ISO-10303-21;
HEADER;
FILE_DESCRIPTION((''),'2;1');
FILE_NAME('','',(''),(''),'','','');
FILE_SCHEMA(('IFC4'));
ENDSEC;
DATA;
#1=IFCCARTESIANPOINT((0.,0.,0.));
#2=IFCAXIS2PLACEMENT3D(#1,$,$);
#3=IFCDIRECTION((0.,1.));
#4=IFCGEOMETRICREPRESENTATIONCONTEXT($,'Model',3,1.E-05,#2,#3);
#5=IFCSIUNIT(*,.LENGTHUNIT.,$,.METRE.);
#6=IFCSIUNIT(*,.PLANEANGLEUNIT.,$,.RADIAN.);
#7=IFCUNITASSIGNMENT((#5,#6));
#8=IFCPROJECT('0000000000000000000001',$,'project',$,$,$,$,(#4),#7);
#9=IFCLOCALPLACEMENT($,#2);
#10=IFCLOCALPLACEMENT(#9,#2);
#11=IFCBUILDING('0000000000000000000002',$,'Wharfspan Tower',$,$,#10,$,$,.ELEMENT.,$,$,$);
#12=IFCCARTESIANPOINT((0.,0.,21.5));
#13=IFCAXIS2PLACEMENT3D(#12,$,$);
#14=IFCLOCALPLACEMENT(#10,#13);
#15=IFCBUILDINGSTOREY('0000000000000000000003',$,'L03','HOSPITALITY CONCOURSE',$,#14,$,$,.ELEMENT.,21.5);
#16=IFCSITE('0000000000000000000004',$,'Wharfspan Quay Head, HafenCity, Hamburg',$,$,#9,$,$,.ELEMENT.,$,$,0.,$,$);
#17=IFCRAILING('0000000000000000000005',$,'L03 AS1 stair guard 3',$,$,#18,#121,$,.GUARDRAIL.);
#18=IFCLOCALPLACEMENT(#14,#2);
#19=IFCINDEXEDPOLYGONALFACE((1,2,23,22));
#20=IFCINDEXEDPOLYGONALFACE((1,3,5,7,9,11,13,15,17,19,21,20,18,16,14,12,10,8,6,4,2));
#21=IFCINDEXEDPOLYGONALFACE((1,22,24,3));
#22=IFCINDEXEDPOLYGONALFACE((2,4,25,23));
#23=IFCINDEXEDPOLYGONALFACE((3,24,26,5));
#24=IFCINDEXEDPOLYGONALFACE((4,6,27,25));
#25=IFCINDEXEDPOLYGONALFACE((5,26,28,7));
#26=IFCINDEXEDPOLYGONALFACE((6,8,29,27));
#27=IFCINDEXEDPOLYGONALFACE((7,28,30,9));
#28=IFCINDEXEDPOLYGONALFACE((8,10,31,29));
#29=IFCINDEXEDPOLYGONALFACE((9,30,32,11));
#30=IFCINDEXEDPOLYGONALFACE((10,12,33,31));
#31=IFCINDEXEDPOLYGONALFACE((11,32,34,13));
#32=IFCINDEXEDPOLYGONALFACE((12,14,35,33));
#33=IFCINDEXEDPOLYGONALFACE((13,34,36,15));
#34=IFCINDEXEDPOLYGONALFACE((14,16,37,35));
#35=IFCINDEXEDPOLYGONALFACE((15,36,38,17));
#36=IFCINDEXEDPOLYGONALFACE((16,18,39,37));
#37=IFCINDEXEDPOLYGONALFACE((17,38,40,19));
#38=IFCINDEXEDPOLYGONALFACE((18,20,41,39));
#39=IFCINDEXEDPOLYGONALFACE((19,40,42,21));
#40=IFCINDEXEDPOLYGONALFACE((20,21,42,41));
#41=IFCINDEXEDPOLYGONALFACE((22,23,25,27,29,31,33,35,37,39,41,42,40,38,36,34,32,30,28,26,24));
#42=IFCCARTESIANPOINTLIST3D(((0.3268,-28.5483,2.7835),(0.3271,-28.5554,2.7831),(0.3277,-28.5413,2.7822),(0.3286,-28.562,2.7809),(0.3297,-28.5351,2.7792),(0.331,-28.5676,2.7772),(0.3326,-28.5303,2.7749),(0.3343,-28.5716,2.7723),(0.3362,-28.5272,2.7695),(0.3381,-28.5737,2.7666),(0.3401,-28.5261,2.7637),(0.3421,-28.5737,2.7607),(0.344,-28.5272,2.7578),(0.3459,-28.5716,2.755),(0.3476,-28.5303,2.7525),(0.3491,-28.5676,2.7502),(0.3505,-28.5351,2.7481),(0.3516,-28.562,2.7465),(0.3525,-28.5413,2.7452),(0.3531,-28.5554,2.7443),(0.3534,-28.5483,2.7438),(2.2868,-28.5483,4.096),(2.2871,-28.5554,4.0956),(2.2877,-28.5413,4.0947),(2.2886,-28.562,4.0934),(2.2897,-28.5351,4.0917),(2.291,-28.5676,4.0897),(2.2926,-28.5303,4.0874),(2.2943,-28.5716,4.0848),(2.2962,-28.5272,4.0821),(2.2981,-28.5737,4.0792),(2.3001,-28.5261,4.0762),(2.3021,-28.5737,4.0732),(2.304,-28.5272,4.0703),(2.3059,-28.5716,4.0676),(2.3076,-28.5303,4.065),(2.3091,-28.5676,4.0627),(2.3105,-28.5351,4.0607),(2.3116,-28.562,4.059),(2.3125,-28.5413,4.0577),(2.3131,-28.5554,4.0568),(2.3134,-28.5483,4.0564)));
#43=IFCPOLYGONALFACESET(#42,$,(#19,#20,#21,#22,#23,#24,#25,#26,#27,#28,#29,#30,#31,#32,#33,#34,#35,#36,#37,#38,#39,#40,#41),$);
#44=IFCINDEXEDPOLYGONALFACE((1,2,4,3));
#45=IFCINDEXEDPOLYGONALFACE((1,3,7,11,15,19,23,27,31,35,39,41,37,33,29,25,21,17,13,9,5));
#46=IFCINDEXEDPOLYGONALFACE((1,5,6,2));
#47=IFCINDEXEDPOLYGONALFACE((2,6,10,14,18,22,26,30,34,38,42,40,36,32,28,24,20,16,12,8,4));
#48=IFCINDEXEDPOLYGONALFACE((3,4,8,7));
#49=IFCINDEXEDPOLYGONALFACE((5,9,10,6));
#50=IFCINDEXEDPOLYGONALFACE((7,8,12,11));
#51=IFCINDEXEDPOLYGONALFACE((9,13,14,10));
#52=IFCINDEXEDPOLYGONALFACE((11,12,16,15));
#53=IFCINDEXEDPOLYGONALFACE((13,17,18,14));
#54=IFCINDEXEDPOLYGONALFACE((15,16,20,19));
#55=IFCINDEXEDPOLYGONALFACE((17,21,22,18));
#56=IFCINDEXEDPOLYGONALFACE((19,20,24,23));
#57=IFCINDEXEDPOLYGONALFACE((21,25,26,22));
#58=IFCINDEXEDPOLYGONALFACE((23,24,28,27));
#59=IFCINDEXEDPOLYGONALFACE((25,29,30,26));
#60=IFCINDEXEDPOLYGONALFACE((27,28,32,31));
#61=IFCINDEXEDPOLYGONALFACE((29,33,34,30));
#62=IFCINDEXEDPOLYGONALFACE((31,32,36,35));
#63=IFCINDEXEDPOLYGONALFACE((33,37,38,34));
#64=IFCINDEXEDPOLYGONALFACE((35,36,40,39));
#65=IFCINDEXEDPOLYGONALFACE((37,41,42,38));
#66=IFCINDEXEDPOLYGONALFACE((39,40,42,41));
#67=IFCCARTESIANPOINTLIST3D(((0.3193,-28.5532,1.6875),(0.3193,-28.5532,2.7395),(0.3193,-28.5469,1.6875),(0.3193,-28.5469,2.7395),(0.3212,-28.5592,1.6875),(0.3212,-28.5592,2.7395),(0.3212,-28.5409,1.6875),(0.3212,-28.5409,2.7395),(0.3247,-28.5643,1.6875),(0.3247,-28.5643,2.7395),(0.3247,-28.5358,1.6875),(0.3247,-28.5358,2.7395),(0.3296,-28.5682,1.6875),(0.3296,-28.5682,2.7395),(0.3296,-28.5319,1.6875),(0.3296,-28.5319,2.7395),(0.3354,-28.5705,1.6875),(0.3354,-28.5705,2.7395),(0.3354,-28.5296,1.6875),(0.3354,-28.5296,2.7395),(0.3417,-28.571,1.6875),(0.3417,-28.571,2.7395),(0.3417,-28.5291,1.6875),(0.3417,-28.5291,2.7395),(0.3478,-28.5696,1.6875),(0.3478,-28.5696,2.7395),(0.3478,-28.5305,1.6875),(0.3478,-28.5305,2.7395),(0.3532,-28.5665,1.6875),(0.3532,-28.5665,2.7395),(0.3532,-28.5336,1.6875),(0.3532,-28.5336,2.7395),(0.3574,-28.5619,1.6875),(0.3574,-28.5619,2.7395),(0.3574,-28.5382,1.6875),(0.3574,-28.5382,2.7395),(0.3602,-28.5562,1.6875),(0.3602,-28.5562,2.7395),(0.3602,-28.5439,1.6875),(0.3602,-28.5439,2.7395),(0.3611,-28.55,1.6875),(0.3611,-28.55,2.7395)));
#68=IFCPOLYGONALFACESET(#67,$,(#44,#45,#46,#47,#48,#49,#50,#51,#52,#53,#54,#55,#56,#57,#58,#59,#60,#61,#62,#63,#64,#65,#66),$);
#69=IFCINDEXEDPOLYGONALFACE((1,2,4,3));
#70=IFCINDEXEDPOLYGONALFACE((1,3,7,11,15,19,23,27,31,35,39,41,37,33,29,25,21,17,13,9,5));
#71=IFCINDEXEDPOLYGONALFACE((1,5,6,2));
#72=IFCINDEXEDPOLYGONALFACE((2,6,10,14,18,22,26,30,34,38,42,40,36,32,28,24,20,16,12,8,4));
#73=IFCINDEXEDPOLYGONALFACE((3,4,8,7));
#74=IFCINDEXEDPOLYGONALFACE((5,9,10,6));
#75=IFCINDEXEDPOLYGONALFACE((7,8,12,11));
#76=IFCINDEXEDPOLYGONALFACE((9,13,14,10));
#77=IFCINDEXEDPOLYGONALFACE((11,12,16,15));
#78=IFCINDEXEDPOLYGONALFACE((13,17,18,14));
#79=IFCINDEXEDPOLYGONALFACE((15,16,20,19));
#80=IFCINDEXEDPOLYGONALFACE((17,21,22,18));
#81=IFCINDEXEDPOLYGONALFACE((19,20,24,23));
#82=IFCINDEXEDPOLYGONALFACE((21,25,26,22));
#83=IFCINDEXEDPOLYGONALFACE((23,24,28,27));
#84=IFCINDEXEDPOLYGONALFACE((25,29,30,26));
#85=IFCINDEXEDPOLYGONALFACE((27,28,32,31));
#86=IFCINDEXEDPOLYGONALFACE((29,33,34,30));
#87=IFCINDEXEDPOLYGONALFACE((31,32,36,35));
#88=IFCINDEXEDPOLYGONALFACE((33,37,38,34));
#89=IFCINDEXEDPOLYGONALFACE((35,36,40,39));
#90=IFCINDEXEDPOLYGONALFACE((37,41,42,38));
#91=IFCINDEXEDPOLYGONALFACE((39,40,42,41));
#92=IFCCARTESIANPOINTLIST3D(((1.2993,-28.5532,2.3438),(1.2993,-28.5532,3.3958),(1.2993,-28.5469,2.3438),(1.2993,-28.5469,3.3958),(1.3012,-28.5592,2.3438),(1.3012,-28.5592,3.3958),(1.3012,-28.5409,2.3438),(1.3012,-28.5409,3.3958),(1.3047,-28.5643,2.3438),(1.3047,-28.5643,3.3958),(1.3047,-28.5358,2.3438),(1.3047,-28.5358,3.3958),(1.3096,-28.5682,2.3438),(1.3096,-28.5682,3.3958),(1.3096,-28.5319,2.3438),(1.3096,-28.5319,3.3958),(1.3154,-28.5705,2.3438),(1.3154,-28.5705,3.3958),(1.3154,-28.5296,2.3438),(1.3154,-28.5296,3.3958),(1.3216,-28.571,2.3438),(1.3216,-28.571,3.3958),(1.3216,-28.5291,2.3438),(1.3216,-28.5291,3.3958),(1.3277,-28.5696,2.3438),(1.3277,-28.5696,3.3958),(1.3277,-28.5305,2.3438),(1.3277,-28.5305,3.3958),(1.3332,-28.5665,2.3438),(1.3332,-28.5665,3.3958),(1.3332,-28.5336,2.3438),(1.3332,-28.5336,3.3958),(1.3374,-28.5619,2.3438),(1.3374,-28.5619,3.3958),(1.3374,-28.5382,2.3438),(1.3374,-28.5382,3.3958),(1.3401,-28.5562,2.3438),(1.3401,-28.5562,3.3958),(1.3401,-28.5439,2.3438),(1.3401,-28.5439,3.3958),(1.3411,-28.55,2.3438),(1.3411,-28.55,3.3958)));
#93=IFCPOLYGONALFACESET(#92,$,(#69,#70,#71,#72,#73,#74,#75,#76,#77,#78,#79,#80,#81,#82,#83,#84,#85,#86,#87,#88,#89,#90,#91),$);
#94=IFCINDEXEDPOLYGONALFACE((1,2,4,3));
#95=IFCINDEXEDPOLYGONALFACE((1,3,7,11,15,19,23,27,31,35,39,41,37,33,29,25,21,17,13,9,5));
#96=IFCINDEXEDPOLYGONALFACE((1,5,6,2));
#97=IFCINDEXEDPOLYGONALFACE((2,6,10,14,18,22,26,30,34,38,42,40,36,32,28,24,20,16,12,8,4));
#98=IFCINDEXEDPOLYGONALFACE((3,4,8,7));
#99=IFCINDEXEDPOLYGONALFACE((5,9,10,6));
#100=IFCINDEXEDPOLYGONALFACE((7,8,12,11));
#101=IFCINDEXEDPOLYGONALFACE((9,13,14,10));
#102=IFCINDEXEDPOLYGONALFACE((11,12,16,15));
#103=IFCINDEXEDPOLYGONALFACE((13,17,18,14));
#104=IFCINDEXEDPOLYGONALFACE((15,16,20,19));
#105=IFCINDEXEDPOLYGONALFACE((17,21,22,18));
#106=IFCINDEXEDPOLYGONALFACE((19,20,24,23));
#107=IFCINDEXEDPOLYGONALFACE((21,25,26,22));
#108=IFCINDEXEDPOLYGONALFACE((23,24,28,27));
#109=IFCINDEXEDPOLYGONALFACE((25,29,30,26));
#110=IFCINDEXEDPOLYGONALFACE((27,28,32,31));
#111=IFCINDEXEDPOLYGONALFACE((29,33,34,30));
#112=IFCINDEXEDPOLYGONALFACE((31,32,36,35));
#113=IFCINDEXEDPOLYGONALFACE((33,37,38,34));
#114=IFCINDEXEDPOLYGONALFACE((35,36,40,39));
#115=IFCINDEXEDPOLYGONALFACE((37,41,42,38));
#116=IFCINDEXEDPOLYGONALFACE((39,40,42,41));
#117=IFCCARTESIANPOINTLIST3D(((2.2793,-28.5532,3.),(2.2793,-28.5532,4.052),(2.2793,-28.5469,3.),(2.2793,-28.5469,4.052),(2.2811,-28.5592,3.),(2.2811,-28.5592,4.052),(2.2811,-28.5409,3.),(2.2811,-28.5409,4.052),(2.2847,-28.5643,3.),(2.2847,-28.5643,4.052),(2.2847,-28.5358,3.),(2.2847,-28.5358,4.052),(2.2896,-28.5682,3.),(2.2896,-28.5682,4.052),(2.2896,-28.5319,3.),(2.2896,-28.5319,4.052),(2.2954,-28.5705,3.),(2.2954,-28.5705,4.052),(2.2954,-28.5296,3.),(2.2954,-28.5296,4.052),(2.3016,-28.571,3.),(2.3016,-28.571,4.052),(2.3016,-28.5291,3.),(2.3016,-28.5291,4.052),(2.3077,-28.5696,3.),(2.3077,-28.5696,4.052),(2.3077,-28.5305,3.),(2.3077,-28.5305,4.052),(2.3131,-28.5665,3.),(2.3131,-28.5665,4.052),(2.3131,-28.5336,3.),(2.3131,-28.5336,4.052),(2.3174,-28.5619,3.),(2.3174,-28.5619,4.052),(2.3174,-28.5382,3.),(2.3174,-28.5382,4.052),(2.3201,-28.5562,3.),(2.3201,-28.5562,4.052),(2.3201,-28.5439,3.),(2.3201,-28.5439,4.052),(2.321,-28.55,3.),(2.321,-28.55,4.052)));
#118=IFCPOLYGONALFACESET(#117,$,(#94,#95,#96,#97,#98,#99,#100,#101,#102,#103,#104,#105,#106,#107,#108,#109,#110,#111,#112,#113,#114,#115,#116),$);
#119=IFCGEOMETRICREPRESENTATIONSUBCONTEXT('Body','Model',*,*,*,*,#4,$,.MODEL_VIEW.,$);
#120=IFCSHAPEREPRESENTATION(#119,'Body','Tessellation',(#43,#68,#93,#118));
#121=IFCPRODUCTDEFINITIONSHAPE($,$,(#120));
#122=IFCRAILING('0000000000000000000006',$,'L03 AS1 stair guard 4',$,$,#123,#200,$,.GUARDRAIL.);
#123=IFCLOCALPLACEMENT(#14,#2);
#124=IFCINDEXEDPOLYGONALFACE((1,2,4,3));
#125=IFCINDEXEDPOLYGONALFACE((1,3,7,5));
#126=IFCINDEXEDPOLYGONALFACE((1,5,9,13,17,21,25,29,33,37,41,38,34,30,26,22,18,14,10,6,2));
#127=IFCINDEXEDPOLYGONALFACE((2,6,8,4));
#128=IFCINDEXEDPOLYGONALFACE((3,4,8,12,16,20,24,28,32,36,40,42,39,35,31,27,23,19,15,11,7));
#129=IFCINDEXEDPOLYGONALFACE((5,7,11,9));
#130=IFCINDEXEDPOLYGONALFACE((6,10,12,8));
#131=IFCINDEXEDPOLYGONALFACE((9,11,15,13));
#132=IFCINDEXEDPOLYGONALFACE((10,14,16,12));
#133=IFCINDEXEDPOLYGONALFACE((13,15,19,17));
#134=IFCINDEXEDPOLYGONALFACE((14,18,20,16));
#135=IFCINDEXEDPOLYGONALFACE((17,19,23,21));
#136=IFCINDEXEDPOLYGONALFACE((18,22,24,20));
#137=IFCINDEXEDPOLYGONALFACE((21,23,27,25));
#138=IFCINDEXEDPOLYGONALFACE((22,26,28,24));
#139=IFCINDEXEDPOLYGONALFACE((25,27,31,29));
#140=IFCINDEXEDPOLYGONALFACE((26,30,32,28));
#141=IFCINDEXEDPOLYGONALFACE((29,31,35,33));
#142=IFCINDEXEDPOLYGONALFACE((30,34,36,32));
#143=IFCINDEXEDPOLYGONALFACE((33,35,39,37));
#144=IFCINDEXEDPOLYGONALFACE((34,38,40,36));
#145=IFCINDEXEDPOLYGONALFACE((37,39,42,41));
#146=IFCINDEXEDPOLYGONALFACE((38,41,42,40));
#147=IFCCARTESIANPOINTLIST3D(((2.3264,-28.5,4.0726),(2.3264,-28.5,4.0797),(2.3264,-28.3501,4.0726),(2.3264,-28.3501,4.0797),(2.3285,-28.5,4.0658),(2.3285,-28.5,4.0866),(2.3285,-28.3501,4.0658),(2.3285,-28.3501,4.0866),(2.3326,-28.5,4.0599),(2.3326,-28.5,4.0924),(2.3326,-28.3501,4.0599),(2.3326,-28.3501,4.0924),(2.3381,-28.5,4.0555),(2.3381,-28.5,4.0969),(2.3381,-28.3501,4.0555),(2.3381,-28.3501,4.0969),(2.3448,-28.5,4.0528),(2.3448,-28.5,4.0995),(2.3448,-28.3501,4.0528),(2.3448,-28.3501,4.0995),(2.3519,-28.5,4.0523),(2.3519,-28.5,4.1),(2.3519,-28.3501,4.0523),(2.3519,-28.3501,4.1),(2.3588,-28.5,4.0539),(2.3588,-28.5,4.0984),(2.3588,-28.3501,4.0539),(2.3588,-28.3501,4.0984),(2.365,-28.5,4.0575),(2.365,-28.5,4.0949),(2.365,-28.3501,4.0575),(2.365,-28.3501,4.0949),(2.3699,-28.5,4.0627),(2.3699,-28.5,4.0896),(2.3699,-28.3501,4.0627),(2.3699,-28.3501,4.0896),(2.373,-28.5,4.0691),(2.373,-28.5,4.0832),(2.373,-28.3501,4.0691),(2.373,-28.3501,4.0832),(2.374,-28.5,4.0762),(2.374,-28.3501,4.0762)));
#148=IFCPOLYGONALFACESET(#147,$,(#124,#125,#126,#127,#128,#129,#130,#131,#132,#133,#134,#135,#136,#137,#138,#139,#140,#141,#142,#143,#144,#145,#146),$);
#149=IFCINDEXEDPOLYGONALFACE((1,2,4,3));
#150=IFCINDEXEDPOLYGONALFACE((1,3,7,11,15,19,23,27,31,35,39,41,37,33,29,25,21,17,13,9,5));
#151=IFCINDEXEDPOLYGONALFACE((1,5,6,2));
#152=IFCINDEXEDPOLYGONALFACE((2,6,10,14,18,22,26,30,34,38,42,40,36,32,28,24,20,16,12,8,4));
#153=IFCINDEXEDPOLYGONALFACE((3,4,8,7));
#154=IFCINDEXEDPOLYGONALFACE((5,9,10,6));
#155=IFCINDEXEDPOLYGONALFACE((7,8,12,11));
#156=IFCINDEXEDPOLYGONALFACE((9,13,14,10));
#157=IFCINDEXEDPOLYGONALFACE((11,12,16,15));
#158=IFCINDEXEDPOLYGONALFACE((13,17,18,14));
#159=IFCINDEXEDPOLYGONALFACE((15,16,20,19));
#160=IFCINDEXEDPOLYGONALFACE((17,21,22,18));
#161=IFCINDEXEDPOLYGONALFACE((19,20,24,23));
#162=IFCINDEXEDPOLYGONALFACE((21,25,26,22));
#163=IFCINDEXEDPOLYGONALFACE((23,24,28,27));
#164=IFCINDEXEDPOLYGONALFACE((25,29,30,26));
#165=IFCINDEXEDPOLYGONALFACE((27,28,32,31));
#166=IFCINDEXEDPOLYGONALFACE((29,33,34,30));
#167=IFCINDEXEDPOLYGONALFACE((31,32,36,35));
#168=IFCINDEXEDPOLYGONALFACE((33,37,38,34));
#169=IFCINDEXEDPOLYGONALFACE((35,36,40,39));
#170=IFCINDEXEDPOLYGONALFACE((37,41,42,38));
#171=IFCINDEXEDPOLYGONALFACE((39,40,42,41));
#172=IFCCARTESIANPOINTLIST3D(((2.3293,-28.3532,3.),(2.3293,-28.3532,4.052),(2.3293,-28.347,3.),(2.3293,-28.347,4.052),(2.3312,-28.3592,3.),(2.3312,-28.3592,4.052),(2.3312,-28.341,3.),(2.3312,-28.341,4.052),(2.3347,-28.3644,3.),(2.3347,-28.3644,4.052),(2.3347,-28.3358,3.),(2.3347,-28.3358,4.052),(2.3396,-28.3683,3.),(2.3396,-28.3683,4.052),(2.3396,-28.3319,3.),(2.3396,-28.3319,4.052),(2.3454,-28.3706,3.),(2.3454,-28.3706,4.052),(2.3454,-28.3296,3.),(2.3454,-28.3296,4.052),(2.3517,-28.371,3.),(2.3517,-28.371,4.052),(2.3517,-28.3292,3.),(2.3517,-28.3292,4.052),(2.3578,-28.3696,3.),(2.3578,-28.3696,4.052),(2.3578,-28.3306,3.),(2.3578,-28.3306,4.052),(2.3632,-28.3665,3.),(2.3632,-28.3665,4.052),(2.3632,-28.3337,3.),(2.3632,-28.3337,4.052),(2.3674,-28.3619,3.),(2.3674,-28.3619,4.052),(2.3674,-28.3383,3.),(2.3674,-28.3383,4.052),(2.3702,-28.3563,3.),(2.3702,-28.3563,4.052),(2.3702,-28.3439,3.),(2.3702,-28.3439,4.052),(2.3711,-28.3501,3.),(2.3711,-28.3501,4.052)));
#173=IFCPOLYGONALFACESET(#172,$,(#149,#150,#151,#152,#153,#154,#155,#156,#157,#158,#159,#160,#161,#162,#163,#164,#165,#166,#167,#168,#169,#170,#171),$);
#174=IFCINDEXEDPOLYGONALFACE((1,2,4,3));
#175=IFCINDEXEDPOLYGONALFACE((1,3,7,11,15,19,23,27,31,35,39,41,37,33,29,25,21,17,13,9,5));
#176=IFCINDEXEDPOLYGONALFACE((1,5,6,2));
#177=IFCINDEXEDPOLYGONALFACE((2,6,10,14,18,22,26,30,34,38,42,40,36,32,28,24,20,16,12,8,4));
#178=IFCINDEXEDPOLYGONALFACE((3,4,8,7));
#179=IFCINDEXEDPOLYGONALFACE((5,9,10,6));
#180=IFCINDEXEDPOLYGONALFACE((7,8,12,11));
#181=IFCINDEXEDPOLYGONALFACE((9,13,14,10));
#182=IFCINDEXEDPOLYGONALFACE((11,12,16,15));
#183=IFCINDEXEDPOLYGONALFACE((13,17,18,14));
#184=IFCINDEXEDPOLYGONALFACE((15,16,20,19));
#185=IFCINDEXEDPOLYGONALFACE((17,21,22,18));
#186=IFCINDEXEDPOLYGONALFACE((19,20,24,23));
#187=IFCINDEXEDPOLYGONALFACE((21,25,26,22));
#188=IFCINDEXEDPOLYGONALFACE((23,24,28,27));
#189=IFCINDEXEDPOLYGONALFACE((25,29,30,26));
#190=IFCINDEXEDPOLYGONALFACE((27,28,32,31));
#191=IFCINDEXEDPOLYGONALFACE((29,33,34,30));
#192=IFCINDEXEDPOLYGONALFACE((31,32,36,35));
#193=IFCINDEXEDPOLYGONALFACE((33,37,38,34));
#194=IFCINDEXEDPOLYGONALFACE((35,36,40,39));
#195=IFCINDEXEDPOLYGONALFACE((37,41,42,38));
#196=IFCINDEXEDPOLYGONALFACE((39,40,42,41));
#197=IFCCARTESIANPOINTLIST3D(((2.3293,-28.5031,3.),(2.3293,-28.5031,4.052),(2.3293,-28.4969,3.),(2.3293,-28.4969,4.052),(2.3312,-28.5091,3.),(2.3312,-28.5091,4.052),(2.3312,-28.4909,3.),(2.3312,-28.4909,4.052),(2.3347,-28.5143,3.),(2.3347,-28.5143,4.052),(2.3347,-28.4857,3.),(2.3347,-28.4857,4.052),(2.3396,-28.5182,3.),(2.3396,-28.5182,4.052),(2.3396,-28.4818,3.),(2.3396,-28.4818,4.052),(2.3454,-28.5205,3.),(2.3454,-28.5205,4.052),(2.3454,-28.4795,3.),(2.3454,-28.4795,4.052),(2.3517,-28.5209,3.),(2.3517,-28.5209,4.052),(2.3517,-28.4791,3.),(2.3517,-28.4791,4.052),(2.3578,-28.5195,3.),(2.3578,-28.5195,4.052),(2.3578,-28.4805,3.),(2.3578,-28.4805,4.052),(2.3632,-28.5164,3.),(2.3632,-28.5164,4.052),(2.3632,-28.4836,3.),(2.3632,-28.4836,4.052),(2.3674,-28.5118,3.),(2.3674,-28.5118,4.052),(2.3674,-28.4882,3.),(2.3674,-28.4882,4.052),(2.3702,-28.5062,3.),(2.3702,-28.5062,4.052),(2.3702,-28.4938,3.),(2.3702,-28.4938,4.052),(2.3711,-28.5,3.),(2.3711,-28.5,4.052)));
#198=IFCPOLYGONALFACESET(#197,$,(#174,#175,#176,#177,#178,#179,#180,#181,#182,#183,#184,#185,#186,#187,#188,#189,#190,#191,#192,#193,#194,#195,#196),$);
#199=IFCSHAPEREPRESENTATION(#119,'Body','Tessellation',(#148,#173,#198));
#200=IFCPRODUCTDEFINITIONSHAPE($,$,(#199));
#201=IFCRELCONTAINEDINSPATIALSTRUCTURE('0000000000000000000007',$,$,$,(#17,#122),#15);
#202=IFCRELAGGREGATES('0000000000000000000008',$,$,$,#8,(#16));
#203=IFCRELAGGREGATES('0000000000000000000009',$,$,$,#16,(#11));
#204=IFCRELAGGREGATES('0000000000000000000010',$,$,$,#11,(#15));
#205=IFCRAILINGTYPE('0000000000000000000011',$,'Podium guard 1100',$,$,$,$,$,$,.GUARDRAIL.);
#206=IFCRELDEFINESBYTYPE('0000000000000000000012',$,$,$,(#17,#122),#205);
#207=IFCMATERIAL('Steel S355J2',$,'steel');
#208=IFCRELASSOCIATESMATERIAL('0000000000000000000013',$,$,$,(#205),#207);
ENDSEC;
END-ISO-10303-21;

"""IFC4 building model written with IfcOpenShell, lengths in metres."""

from ifc_helpers import new_model, si_unit, direction, frame, origin, origin_2d, place, context, subcontext, project, spatial, circle, extrude, material, type_object, element, save


model = new_model("IFC4")

# Units and contexts
model_context = context("Model", 3, precision=1e-05, world=origin(), true_north=direction((0.0, 1.0)))
body_context = subcontext(model_context, "Body", "Model", "MODEL_VIEW")
ifc_project = project(units=[si_unit("LENGTHUNIT", "METRE"), si_unit("PLANEANGLEUNIT", "RADIAN")], contexts=[model_context])

# Site, building, storey
site_placement = place(None, origin())
site = spatial("IfcSite", under=ifc_project, at=site_placement, Name="Wharfspan Quay Head, HafenCity, Hamburg", CompositionType="ELEMENT", RefElevation=0.0)
building_placement = place(site_placement, origin())
building = spatial("IfcBuilding", under=site, at=building_placement, Name="Wharfspan Tower", CompositionType="ELEMENT")
storey_placement = place(building_placement, frame((0.0, 0.0, 21.5)))
storey = spatial("IfcBuildingStorey", under=building, at=storey_placement, Name="L03", Description="HOSPITALITY CONCOURSE", CompositionType="ELEMENT", Elevation=21.5)

# Railings
ifc_material_1 = material(Name="Steel S355J2", Category="steel")
railing_type_1 = type_object("IfcRailingType", Name="Podium guard 1100", PredefinedType="GUARDRAIL", material=ifc_material_1)
railing_1_placement = place(storey_placement, frame((0.3401, -28.55, 1.6875)))
element("IfcRailing", 1, at=railing_1_placement, inside=storey, type_object=railing_type_1, Name="L03 AS1 stair guard 3", PredefinedType="GUARDRAIL", context=body_context, shape_type="SweptSolid", body=[
    extrude(circle(Radius=0.0239, at=origin_2d()), frame((0.0, 0.0, 1.0762), z_axis=(0.830902, 0.0, 0.556419), x_axis=(0.0, 1.0, 0.0)), (0.0, 0.0, 1.0), 2.3589),
    extrude(circle(Radius=0.021, at=origin_2d()), origin(), (0.0, 0.0, 1.0), 1.052),
    extrude(circle(Radius=0.021, at=origin_2d()), frame((0.98, 0.0, 0.6562)), (0.0, 0.0, 1.0), 1.052),
    extrude(circle(Radius=0.021, at=origin_2d()), frame((1.96, 0.0, 1.3125)), (0.0, 0.0, 1.0), 1.052),
])
railing_2_placement = place(storey_placement, frame((2.3501, -28.3501, 3.0)))
element("IfcRailing", 2, at=railing_2_placement, inside=storey, type_object=railing_type_1, Name="L03 AS1 stair guard 4", PredefinedType="GUARDRAIL", context=body_context, shape_type="SweptSolid", body=[
    extrude(circle(Radius=0.0239, at=origin_2d()), frame((0.0, 0.0, 1.0762), z_axis=(0.0, -1.0, 0.0), x_axis=(1.0, 0.0, 0.0)), (0.0, 0.0, 1.0), 0.1499),
    extrude(circle(Radius=0.021, at=origin_2d()), origin(), (0.0, 0.0, 1.0), 1.052),
    extrude(circle(Radius=0.021, at=origin_2d()), frame((0.0, -0.1499, 0.0)), (0.0, 0.0, 1.0), 1.052),
])

save(model, "model.ifc")
